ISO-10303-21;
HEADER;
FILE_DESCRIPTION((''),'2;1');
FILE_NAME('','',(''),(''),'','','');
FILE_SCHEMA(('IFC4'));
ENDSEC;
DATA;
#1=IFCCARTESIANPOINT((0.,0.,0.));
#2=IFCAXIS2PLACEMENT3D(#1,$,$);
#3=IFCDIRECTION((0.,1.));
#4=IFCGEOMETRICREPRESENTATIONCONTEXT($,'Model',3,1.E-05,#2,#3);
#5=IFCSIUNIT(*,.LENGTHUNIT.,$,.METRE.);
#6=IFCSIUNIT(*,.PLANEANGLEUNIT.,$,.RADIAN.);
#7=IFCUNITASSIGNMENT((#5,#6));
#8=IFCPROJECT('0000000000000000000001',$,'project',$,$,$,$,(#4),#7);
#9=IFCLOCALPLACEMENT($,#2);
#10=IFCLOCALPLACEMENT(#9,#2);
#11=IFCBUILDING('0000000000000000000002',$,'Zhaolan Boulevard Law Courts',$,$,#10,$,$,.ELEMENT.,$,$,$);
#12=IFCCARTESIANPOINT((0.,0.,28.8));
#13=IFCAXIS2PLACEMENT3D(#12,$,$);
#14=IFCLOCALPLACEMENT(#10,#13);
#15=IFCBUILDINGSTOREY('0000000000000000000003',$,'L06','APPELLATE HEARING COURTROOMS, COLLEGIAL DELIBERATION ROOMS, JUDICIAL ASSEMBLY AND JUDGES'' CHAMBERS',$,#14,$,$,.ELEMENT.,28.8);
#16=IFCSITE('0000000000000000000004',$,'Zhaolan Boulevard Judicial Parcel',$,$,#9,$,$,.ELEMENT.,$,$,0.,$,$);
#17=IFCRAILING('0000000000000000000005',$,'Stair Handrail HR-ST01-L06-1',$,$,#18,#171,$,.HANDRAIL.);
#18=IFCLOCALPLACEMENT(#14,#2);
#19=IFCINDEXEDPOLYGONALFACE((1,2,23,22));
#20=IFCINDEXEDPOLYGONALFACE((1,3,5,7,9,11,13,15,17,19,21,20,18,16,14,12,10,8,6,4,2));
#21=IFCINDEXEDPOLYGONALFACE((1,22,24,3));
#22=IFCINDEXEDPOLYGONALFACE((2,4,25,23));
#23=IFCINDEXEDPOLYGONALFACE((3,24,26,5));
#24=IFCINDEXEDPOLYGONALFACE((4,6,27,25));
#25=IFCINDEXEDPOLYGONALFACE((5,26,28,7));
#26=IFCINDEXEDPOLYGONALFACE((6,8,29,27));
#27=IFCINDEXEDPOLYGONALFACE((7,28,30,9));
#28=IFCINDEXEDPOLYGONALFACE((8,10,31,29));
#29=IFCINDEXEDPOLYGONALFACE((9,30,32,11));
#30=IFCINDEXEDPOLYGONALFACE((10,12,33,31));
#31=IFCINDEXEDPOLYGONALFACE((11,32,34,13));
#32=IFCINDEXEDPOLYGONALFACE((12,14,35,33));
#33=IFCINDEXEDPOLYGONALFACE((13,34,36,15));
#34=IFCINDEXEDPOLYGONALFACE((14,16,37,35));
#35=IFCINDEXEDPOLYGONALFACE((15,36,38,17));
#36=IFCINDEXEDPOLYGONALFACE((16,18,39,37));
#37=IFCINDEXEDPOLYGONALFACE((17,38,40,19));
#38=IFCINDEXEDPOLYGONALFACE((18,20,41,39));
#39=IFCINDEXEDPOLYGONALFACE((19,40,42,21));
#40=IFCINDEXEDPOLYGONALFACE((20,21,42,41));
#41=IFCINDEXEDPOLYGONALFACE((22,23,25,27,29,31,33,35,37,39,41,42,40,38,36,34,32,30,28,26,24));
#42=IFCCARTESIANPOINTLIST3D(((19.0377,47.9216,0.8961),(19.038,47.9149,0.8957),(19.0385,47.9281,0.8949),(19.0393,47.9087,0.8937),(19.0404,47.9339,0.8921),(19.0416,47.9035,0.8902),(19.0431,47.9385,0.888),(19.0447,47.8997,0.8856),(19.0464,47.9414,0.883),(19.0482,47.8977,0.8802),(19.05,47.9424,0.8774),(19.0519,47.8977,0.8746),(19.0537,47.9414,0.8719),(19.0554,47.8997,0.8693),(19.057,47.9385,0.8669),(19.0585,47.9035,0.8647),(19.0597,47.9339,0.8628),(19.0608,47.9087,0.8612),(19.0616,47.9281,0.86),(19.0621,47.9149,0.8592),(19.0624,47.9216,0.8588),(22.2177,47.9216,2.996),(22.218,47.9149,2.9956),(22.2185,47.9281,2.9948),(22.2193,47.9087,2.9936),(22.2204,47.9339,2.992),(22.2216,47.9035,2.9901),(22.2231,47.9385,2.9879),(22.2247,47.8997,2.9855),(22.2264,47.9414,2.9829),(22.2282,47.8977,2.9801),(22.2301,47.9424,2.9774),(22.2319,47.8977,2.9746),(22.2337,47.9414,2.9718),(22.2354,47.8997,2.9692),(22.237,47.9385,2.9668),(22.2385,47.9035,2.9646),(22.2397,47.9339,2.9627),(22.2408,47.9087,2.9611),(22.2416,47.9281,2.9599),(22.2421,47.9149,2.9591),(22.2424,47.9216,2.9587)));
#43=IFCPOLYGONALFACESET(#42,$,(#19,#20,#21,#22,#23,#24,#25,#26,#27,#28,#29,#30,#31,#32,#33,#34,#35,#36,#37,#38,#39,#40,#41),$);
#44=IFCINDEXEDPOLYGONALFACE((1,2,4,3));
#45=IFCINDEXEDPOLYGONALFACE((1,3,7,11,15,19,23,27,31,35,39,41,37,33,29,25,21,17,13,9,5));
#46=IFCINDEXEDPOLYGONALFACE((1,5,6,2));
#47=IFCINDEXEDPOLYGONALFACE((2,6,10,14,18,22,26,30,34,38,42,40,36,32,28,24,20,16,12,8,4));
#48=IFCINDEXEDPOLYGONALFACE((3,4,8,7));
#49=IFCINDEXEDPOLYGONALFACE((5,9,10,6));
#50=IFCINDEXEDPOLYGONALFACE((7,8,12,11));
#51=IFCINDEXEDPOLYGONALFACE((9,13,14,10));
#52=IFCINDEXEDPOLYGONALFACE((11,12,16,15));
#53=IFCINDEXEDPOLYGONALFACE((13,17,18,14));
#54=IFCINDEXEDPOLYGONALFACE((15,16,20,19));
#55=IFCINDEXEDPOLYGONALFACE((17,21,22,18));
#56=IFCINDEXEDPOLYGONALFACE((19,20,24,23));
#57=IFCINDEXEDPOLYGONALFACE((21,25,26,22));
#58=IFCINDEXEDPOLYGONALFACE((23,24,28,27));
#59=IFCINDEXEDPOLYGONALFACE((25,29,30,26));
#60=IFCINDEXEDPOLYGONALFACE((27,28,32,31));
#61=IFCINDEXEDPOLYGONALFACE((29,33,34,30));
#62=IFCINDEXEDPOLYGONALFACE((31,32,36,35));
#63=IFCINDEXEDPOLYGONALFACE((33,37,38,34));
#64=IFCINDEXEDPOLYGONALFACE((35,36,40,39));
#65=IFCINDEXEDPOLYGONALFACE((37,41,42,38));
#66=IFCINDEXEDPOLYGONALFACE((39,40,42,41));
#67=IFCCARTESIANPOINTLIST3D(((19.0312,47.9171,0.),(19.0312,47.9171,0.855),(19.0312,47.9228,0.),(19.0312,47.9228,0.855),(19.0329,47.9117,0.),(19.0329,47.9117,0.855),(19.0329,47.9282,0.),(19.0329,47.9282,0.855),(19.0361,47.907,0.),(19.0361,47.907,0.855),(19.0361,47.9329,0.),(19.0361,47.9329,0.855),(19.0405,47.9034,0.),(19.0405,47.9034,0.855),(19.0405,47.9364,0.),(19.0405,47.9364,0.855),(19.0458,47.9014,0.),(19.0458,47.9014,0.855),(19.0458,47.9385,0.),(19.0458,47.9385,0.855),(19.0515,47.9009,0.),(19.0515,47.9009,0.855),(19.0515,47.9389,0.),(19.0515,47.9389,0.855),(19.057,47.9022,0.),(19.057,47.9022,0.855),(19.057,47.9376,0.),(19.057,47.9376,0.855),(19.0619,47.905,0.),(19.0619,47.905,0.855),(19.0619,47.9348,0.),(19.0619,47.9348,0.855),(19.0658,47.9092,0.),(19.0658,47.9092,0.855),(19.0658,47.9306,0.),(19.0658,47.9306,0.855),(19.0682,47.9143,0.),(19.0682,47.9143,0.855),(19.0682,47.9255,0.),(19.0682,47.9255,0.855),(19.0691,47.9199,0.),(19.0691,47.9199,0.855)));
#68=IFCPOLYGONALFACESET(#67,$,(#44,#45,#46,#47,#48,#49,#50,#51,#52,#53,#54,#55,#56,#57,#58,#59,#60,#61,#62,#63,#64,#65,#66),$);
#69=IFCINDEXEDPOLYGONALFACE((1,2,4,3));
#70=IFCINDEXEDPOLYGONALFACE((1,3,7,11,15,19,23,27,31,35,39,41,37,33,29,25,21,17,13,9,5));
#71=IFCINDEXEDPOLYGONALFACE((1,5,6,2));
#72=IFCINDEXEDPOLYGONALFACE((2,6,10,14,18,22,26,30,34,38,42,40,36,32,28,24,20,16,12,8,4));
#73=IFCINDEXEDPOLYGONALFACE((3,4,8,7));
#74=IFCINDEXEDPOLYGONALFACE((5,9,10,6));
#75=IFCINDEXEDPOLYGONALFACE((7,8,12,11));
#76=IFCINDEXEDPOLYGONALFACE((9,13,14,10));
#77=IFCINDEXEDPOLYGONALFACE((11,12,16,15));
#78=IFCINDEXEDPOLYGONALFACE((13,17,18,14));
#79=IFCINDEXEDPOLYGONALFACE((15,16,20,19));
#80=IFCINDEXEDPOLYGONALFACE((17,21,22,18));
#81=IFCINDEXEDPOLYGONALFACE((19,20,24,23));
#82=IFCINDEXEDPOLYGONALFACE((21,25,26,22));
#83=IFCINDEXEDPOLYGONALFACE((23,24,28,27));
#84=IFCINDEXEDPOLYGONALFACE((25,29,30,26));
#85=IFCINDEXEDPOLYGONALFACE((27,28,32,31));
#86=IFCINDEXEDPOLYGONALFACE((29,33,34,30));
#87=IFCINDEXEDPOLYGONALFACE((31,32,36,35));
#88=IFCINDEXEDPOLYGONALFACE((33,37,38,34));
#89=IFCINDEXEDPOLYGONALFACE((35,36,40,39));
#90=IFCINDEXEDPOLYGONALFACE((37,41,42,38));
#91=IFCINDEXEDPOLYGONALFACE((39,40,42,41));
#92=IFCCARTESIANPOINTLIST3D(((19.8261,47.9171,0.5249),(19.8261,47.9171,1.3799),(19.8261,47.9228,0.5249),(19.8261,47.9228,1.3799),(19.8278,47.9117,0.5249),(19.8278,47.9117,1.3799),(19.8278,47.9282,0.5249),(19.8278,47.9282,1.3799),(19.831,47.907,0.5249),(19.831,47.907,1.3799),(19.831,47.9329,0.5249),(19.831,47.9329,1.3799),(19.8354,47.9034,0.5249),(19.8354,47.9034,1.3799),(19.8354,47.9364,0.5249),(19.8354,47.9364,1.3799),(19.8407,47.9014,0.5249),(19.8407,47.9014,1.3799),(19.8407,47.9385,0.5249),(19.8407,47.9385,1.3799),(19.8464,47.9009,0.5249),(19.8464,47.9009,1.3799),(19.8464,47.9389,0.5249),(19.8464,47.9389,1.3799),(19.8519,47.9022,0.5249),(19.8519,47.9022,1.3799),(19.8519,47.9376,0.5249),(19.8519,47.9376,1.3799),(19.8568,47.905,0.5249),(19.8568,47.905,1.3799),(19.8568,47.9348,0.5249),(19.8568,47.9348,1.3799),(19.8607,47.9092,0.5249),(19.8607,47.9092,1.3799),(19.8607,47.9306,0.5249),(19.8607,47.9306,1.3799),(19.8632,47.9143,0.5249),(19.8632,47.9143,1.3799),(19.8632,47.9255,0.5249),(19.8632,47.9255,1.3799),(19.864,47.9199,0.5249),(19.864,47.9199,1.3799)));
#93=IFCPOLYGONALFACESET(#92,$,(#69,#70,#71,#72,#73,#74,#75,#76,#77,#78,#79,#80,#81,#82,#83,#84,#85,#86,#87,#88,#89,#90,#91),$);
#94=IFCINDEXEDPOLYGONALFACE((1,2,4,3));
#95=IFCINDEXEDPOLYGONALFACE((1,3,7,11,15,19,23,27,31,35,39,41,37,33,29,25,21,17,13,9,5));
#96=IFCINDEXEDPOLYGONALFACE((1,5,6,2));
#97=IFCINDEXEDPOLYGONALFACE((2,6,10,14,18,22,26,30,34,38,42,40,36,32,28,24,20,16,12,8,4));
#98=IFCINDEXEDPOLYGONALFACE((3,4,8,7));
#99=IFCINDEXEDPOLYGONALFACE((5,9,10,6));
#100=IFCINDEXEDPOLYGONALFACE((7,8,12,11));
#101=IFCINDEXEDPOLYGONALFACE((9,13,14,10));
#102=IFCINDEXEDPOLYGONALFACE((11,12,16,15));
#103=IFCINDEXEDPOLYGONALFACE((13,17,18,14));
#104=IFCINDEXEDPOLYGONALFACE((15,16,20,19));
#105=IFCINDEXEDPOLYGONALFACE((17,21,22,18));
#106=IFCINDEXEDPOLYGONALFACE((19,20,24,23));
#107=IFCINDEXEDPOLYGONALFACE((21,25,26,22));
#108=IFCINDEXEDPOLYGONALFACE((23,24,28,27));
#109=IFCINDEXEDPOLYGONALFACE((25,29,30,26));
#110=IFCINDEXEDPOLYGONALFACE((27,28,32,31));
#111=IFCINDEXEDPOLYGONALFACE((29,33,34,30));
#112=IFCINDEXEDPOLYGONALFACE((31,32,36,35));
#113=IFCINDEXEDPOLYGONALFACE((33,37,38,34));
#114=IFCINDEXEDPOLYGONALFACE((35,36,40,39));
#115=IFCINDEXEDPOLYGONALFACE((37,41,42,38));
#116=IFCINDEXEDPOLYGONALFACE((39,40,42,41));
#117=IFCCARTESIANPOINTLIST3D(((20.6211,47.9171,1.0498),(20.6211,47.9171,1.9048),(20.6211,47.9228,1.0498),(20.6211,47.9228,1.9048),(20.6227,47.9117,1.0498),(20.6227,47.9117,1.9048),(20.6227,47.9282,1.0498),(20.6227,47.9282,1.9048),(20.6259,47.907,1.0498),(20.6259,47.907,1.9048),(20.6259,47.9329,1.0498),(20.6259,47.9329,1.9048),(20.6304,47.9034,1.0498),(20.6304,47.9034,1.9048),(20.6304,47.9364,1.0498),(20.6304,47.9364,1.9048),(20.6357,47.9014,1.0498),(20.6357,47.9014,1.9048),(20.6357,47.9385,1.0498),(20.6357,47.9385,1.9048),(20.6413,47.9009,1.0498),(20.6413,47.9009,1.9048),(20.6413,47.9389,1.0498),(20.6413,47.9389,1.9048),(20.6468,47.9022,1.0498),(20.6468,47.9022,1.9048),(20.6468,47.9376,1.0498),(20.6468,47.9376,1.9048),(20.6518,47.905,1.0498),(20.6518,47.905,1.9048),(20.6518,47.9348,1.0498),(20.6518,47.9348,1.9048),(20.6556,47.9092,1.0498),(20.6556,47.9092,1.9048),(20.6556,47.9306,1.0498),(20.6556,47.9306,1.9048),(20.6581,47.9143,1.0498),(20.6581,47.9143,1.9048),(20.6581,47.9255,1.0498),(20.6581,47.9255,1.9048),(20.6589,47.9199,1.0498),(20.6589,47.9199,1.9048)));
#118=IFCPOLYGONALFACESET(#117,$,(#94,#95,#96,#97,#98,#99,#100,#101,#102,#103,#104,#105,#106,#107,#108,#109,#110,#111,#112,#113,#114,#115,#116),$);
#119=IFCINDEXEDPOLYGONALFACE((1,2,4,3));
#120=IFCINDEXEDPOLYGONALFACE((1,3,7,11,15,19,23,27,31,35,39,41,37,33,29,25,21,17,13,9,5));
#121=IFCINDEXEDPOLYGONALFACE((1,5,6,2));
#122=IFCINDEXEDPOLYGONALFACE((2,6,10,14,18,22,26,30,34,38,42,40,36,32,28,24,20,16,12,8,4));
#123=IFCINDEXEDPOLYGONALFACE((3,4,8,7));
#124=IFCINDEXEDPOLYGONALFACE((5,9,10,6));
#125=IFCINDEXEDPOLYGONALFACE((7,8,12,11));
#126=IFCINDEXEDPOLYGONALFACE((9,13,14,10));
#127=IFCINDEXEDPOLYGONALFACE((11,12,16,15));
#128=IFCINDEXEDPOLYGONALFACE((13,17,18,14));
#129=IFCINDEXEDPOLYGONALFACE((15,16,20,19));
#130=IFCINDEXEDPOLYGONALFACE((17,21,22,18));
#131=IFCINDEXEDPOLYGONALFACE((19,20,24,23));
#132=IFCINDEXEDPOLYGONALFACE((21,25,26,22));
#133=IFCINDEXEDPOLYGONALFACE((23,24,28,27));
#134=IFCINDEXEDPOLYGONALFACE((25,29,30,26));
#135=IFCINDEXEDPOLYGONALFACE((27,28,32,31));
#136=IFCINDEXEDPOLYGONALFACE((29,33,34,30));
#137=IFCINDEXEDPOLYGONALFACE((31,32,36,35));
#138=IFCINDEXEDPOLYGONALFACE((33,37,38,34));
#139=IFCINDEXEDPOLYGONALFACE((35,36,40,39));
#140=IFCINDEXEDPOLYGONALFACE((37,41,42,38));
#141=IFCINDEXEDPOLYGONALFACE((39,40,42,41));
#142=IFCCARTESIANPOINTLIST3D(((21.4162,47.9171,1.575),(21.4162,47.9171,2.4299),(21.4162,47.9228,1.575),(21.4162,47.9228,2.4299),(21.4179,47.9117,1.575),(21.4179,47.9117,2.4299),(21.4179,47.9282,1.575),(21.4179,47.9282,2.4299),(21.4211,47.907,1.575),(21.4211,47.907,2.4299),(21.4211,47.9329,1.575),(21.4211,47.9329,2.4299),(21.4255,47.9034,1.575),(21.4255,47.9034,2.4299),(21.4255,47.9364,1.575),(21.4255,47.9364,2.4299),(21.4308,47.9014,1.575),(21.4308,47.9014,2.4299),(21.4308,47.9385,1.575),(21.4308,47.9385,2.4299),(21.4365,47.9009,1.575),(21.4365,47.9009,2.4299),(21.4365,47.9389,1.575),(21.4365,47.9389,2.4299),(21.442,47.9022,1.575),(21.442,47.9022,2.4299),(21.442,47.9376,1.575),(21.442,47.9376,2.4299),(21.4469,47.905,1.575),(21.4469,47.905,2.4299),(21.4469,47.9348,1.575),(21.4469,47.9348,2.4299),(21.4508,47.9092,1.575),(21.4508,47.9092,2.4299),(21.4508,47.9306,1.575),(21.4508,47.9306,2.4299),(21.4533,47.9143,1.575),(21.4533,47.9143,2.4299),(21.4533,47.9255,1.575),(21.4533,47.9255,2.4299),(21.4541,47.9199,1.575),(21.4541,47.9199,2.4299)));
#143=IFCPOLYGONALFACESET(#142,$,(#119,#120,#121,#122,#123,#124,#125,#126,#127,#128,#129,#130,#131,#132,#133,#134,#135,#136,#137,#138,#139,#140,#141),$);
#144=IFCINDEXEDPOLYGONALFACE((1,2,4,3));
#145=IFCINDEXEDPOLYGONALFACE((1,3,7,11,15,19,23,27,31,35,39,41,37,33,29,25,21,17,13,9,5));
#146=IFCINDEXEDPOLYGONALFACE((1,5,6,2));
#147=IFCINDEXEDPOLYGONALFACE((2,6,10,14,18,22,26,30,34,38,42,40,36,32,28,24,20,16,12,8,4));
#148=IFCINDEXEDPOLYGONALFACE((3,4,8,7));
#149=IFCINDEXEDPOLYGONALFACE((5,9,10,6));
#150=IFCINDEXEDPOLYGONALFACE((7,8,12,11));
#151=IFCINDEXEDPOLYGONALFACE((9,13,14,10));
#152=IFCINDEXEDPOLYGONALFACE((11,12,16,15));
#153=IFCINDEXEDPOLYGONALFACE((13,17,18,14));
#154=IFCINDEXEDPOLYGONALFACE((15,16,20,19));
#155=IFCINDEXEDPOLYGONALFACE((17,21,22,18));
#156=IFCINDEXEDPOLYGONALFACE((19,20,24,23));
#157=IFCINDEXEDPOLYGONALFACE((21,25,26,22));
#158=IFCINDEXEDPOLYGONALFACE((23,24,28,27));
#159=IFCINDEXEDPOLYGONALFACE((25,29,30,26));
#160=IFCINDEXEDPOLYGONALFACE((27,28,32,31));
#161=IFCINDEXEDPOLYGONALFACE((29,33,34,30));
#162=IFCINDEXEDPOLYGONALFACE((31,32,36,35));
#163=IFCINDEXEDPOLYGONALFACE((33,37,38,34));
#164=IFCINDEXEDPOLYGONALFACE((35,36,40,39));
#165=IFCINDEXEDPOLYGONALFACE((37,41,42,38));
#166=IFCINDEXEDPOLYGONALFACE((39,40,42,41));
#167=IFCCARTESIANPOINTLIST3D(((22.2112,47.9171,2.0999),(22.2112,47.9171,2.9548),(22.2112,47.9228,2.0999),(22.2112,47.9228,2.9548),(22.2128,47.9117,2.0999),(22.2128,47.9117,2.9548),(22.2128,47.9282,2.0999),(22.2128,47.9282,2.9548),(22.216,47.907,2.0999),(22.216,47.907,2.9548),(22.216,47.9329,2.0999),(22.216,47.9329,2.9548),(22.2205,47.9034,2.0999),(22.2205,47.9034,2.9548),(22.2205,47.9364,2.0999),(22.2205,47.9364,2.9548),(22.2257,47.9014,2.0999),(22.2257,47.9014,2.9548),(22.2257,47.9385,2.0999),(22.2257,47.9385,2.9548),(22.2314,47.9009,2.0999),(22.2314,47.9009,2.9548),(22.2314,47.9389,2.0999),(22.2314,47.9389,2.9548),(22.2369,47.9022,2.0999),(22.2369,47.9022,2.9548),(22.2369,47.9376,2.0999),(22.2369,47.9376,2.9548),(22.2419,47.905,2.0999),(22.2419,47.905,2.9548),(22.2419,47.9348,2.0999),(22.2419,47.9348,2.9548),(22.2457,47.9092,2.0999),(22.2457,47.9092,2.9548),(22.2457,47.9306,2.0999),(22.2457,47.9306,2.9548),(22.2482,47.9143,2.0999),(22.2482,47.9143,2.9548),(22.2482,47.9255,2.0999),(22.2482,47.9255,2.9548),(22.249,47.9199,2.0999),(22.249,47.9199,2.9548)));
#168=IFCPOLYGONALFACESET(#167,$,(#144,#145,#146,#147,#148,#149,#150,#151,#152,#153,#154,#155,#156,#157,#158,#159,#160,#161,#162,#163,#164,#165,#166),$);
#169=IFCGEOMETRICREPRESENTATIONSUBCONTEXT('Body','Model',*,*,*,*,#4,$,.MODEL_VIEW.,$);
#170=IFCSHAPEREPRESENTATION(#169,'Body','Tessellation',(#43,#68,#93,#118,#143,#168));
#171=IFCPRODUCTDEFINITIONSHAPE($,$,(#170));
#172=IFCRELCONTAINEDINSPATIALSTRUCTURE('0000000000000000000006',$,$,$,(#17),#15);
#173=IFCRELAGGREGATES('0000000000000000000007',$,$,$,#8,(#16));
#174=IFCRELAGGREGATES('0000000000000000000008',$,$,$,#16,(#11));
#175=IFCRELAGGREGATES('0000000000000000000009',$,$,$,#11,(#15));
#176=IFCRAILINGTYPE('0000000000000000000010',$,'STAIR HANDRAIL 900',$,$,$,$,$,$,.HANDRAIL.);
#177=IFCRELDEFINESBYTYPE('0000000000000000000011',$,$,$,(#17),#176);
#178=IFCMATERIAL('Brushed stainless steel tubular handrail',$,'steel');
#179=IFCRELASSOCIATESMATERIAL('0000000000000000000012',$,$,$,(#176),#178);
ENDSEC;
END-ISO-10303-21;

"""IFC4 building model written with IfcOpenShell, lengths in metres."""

from ifc_helpers import new_model, si_unit, direction, frame, origin, origin_2d, place, context, subcontext, project, spatial, circle, extrude, material, type_object, element, save


model = new_model("IFC4")

# Units and contexts
model_context = context("Model", 3, precision=1e-05, world=origin(), true_north=direction((0.0, 1.0)))
body_context = subcontext(model_context, "Body", "Model", "MODEL_VIEW")
ifc_project = project(units=[si_unit("LENGTHUNIT", "METRE"), si_unit("PLANEANGLEUNIT", "RADIAN")], contexts=[model_context])

# Site, building, storey
site_placement = place(None, origin())
site = spatial("IfcSite", under=ifc_project, at=site_placement, Name="Zhaolan Boulevard Judicial Parcel", CompositionType="ELEMENT", RefElevation=0.0)
building_placement = place(site_placement, origin())
building = spatial("IfcBuilding", under=site, at=building_placement, Name="Zhaolan Boulevard Law Courts", CompositionType="ELEMENT")
storey_placement = place(building_placement, frame((0.0, 0.0, 28.8)))
storey = spatial("IfcBuildingStorey", under=building, at=storey_placement, Name="L06", Description="APPELLATE HEARING COURTROOMS, COLLEGIAL DELIBERATION ROOMS, JUDICIAL ASSEMBLY AND JUDGES' CHAMBERS", CompositionType="ELEMENT", Elevation=28.8)

# Railing
ifc_material_1 = material(Name="Brushed stainless steel tubular handrail", Category="steel")
railing_type_1 = type_object("IfcRailingType", Name="STAIR HANDRAIL 900", PredefinedType="HANDRAIL", material=ifc_material_1)
railing_1_placement = place(storey_placement, frame((19.05, 47.9199, 0.0)))
element("IfcRailing", 1, at=railing_1_placement, inside=storey, type_object=railing_type_1, Name="Stair Handrail HR-ST01-L06-1", PredefinedType="HANDRAIL", context=body_context, shape_type="SweptSolid", body=[
    extrude(circle(Radius=0.0225, at=origin_2d()), frame((0.0, 0.0, 0.8774), z_axis=(0.834477, 0.0, 0.551043), x_axis=(0.0, 1.0, 0.0)), (0.0, 0.0, 1.0), 3.8108),
    extrude(circle(Radius=0.019, at=origin_2d()), origin(), (0.0, 0.0, 1.0), 0.855),
    extrude(circle(Radius=0.019, at=origin_2d()), frame((0.7949, 0.0, 0.5249)), (0.0, 0.0, 1.0), 0.855),
    extrude(circle(Radius=0.019, at=origin_2d()), frame((1.5898, 0.0, 1.0498)), (0.0, 0.0, 1.0), 0.855),
    extrude(circle(Radius=0.019, at=origin_2d()), frame((2.385, 0.0, 1.575)), (0.0, 0.0, 1.0), 0.855),
    extrude(circle(Radius=0.019, at=origin_2d()), frame((3.1799, 0.0, 2.0999)), (0.0, 0.0, 1.0), 0.855),
])

save(model, "model.ifc")
